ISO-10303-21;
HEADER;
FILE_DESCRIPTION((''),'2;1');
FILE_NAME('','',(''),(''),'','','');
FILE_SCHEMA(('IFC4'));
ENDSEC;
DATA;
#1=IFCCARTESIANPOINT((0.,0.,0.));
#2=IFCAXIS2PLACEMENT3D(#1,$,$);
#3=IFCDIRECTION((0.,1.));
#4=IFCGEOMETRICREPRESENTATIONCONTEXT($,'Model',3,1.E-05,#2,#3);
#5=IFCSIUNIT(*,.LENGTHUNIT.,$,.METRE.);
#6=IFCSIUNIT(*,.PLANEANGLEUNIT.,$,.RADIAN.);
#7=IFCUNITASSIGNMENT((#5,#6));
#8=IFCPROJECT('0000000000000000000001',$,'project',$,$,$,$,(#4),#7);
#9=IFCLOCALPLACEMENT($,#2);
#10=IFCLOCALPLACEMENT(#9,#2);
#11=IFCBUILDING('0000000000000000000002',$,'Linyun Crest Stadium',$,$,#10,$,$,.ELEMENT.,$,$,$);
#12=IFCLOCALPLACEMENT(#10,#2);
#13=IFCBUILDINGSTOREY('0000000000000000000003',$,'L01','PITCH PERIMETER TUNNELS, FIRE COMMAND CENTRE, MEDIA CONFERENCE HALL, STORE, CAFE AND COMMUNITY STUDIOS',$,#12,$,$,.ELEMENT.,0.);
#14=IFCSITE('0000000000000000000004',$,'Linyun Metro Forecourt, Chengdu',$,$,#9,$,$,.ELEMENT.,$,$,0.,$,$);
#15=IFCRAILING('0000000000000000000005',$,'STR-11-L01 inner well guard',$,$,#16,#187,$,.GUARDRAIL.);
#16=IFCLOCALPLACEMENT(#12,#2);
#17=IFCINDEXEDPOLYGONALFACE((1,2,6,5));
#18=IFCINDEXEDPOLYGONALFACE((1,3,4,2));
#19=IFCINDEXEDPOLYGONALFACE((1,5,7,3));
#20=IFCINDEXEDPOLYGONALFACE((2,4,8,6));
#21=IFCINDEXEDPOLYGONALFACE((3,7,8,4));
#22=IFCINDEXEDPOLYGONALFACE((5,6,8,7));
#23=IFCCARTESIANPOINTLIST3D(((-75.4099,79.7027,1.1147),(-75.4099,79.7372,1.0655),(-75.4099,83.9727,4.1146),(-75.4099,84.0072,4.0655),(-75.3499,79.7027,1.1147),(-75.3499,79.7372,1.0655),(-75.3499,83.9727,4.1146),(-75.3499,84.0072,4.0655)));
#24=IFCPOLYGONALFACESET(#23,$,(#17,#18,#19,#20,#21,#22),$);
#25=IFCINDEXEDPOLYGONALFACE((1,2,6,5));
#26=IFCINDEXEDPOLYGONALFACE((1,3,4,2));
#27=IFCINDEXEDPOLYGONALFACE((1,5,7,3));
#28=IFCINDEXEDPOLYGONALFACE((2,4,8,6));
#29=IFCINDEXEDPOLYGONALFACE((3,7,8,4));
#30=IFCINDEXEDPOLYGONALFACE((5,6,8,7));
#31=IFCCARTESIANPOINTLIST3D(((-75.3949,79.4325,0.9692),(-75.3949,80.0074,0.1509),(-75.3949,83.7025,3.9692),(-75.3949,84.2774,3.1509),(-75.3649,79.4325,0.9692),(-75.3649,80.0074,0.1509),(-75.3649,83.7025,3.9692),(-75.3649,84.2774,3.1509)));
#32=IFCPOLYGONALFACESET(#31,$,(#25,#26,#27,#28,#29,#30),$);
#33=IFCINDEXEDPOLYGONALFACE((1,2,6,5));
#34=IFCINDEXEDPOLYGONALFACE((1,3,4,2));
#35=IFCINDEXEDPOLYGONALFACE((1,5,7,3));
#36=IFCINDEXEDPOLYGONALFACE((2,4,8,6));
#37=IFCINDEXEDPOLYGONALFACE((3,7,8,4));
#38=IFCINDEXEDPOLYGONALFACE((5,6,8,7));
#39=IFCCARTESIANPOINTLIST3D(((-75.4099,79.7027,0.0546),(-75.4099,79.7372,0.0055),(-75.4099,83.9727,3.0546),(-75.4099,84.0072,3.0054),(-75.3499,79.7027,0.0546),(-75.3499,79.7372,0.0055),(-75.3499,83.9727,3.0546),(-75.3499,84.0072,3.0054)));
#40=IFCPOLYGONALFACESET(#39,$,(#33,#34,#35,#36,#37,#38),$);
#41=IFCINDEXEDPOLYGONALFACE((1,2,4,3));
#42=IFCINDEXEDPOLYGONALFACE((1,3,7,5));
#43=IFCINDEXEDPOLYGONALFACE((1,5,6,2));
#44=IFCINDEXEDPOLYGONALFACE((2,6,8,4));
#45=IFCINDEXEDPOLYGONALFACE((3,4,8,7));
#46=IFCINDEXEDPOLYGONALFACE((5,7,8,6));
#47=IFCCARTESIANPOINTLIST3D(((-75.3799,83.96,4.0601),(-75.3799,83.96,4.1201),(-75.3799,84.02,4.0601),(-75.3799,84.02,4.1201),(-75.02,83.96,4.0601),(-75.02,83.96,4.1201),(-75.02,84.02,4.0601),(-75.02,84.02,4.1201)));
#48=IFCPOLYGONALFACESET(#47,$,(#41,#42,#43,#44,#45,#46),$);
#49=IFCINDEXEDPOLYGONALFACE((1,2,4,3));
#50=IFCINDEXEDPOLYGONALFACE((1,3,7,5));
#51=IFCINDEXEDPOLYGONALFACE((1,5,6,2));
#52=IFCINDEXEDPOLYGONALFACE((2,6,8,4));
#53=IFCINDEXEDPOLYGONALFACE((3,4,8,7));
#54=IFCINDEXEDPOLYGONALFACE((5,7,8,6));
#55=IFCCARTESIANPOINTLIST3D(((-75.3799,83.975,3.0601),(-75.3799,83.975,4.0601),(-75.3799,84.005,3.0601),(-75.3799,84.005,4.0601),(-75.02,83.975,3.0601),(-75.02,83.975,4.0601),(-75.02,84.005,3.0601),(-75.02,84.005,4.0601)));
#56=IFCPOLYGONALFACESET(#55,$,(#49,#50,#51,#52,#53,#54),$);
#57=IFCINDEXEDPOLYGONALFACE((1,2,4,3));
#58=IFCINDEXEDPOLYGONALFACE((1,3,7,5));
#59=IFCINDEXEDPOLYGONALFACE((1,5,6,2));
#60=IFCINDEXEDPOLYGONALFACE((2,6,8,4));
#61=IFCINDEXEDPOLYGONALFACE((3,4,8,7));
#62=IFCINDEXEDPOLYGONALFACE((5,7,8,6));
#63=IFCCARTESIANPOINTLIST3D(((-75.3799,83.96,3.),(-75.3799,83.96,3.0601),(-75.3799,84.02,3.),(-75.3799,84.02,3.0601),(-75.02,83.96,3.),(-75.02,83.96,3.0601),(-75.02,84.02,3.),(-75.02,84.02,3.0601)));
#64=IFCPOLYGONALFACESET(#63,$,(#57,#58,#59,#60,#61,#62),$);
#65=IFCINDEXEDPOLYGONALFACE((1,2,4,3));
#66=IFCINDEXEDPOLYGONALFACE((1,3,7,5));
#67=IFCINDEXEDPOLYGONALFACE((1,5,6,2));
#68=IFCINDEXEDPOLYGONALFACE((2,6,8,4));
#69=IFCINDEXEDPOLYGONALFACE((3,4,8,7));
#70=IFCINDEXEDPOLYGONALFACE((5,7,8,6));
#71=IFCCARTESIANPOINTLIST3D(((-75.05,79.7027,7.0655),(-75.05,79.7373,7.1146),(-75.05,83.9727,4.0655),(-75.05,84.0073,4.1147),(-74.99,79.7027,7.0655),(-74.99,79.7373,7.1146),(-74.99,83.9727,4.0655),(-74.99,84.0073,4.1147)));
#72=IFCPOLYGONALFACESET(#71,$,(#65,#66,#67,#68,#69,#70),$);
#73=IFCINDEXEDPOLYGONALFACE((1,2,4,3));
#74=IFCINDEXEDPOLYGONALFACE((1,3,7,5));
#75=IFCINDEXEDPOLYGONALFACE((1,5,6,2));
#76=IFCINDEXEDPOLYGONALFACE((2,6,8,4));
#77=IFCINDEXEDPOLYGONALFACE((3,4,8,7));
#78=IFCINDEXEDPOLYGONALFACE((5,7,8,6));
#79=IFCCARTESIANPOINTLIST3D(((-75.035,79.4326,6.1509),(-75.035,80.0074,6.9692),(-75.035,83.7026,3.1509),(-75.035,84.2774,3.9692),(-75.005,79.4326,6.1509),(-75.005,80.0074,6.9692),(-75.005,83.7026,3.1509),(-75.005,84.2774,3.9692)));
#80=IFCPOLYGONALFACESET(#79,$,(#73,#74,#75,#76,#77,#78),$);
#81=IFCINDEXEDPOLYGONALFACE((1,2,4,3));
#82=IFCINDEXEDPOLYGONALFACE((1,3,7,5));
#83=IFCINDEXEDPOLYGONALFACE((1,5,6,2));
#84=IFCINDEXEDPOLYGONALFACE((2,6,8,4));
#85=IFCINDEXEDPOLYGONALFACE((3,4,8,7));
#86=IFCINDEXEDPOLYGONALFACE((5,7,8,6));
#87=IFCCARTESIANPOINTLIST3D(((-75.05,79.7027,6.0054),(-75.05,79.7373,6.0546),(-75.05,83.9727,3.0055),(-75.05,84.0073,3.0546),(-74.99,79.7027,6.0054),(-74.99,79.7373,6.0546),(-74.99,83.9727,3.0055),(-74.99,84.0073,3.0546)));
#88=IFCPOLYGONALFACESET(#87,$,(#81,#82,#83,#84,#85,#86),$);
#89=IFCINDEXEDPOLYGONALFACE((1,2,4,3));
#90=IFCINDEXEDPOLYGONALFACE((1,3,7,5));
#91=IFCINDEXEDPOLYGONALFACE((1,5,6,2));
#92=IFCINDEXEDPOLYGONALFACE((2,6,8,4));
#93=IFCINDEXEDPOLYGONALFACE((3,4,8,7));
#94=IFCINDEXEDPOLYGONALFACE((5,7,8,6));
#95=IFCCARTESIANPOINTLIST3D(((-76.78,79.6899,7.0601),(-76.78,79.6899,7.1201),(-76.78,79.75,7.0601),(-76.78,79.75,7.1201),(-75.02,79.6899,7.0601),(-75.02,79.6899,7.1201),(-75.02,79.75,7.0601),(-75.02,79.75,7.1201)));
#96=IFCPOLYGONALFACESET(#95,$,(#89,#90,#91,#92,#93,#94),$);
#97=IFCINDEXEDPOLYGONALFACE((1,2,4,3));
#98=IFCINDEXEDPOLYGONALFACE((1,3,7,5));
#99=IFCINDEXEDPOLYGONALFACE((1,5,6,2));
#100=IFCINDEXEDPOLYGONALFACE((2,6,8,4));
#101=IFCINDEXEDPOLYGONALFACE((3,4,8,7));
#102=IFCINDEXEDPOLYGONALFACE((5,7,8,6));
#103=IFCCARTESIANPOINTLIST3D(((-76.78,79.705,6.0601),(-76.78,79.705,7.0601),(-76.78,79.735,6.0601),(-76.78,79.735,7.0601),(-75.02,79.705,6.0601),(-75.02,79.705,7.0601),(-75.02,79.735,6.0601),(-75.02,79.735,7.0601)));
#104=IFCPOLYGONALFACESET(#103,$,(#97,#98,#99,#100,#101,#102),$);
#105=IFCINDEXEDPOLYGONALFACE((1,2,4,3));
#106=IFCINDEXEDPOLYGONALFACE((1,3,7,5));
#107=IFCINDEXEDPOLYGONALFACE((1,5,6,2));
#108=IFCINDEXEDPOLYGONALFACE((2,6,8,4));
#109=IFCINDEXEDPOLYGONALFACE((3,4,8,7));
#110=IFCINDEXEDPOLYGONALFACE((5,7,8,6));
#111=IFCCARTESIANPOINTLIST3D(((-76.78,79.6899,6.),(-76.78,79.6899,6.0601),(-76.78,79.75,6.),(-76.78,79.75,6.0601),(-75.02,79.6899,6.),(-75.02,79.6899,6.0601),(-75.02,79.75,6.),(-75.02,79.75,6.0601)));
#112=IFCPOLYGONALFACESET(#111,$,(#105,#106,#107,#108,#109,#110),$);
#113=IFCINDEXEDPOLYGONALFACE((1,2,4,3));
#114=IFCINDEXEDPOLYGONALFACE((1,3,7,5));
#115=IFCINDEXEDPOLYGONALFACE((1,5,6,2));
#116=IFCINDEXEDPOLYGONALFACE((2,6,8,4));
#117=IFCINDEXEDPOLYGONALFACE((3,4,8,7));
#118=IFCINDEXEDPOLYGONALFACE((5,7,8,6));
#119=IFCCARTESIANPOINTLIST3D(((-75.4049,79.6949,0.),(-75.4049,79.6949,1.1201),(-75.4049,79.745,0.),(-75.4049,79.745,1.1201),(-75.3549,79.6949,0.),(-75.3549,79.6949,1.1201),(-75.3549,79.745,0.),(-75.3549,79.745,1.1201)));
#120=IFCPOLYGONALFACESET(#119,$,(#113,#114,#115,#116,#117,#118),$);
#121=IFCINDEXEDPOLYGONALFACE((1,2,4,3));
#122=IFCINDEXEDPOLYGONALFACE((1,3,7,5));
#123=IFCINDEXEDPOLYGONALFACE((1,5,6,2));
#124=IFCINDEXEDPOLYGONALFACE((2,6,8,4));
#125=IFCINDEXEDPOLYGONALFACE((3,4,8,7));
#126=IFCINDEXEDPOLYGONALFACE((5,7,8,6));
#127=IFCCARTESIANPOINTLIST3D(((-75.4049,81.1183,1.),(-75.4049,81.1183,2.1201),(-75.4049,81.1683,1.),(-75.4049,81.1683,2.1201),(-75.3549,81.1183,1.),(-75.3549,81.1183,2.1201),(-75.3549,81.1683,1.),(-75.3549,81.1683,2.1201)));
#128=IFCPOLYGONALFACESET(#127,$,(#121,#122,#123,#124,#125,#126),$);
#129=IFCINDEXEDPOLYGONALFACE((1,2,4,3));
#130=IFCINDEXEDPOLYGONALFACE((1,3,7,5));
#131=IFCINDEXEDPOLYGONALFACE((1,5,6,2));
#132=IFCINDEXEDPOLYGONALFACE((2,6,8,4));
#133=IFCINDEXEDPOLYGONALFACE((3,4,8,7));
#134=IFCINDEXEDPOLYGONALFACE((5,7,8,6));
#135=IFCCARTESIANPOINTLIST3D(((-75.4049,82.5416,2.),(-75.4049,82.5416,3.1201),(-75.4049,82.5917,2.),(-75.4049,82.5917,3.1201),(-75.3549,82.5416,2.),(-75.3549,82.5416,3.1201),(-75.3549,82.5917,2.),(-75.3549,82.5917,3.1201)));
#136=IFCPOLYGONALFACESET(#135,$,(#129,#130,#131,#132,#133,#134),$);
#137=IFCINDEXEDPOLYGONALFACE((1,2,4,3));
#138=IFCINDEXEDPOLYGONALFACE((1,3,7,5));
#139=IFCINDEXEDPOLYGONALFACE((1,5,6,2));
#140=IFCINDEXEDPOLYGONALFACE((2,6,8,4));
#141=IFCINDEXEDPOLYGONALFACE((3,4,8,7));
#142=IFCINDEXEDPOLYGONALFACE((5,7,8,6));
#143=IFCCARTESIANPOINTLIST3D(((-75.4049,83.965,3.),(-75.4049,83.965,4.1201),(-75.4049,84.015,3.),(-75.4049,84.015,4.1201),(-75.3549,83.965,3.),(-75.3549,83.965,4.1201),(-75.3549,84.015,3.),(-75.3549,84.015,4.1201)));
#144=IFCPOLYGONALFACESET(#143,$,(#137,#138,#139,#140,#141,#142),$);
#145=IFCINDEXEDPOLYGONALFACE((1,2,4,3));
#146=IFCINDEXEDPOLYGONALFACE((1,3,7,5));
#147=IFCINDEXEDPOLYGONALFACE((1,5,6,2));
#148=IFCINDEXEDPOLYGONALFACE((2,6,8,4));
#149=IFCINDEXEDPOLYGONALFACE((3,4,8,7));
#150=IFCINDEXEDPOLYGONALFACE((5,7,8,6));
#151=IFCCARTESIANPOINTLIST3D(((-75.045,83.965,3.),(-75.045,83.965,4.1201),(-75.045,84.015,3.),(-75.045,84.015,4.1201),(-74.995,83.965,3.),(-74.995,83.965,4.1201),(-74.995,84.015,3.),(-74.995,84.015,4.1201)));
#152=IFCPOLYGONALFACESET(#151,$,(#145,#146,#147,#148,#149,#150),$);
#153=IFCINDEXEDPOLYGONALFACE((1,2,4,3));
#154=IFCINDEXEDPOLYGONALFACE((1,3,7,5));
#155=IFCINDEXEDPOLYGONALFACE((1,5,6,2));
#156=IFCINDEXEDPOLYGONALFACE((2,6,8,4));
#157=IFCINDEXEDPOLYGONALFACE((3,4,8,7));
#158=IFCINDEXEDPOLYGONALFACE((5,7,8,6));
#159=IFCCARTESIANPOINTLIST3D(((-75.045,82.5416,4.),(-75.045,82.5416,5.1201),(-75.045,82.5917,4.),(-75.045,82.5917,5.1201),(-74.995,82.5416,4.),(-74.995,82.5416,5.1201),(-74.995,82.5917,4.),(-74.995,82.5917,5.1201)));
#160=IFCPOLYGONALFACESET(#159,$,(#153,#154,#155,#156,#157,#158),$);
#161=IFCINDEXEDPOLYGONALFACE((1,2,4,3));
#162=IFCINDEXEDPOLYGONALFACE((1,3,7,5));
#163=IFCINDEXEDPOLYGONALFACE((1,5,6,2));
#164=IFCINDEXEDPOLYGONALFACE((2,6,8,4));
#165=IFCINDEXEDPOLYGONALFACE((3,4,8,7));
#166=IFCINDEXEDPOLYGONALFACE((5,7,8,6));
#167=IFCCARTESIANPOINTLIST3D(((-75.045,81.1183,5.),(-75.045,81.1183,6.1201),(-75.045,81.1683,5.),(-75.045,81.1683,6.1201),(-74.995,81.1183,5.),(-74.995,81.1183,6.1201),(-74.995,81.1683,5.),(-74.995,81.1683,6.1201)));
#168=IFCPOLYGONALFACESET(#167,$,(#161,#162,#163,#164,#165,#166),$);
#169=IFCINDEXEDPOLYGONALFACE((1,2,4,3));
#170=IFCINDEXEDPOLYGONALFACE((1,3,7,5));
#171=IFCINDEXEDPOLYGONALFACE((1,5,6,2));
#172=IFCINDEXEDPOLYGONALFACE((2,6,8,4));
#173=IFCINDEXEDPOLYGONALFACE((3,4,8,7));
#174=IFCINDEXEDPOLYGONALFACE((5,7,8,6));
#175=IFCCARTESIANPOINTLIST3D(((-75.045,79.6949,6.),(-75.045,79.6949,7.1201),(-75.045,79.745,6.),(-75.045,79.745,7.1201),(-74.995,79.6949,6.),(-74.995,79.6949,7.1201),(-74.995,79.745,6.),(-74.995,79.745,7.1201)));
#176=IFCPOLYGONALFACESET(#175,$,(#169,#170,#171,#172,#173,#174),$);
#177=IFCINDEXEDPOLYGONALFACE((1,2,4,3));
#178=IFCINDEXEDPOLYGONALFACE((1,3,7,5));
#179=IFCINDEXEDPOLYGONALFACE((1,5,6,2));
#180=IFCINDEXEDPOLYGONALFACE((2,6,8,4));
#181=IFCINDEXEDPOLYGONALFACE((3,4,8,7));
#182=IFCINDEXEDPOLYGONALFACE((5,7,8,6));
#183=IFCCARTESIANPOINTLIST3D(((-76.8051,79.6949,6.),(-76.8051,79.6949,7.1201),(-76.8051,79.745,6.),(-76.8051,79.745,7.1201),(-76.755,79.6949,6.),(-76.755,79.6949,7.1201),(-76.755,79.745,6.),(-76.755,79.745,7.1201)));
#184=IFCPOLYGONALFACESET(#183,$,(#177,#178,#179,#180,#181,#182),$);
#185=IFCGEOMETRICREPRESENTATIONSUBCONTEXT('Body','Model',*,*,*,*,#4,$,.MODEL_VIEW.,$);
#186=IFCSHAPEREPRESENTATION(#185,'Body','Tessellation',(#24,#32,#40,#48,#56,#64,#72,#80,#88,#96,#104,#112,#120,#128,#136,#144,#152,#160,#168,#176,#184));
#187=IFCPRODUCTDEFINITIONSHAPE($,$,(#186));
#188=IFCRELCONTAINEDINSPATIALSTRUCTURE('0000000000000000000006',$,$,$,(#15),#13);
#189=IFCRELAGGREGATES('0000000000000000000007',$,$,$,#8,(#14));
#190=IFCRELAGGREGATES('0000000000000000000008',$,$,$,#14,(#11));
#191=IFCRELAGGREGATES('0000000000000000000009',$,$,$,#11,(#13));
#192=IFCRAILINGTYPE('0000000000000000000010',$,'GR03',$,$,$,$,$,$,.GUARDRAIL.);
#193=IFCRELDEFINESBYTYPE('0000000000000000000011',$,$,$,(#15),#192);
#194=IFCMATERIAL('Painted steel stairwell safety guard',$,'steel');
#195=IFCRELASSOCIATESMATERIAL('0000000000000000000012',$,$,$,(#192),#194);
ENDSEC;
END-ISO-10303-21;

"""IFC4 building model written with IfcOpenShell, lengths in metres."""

from ifc_helpers import new_model, si_unit, direction, frame, origin, origin_2d, place, context, subcontext, project, spatial, rectangle, extrude, material, type_object, element, save


model = new_model("IFC4")

# Units and contexts
model_context = context("Model", 3, precision=1e-05, world=origin(), true_north=direction((0.0, 1.0)))
body_context = subcontext(model_context, "Body", "Model", "MODEL_VIEW")
ifc_project = project(units=[si_unit("LENGTHUNIT", "METRE"), si_unit("PLANEANGLEUNIT", "RADIAN")], contexts=[model_context])

# Site, building, storey
site_placement = place(None, origin())
site = spatial("IfcSite", under=ifc_project, at=site_placement, Name="Linyun Metro Forecourt, Chengdu", CompositionType="ELEMENT", RefElevation=0.0)
building_placement = place(site_placement, origin())
building = spatial("IfcBuilding", under=site, at=building_placement, Name="Linyun Crest Stadium", CompositionType="ELEMENT")
storey_placement = place(building_placement, origin())
storey = spatial("IfcBuildingStorey", under=building, at=storey_placement, Name="L01", Description="PITCH PERIMETER TUNNELS, FIRE COMMAND CENTRE, MEDIA CONFERENCE HALL, STORE, CAFE AND COMMUNITY STUDIOS", CompositionType="ELEMENT", Elevation=0.0)

# Railing
ifc_material_1 = material(Name="Painted steel stairwell safety guard", Category="steel")
railing_type_1 = type_object("IfcRailingType", Name="GR03", PredefinedType="GUARDRAIL", material=ifc_material_1)
railing_1_placement = place(storey_placement, frame((-75.3799, 79.72, 0.0)))
element("IfcRailing", 1, at=railing_1_placement, inside=storey, type_object=railing_type_1, Name="STR-11-L01 inner well guard", PredefinedType="GUARDRAIL", context=body_context, shape_type="SweptSolid", body=[
    extrude(rectangle(XDim=0.0601, YDim=0.0601, at=origin_2d()), frame((0.0, 0.0, 1.0901), z_axis=(0.0, 0.818242, 0.574874), x_axis=(-1.0, 0.0, 0.0)), (0.0, 0.0, 1.0), 5.2185),
    extrude(rectangle(XDim=0.03, YDim=1.0, at=origin_2d()), frame((0.0, 0.0, 0.5601), z_axis=(0.0, 0.818242, 0.574874), x_axis=(-1.0, 0.0, 0.0)), (0.0, 0.0, 1.0), 5.2185),
    extrude(rectangle(XDim=0.0601, YDim=0.0601, at=origin_2d()), frame((0.0, 0.0, 0.03), z_axis=(0.0, 0.818242, 0.574874), x_axis=(-1.0, 0.0, 0.0)), (0.0, 0.0, 1.0), 5.2185),
    extrude(rectangle(XDim=0.0601, YDim=0.0601, at=origin_2d()), frame((0.0, 4.27, 4.0901), z_axis=(1.0, 0.0, 0.0), x_axis=(0.0, 1.0, 0.0)), (0.0, 0.0, 1.0), 0.3599),
    extrude(rectangle(XDim=0.03, YDim=1.0, at=origin_2d()), frame((0.0, 4.27, 3.5601), z_axis=(1.0, 0.0, 0.0), x_axis=(0.0, 1.0, 0.0)), (0.0, 0.0, 1.0), 0.3599),
    extrude(rectangle(XDim=0.0601, YDim=0.0601, at=origin_2d()), frame((0.0, 4.27, 3.03), z_axis=(1.0, 0.0, 0.0), x_axis=(0.0, 1.0, 0.0)), (0.0, 0.0, 1.0), 0.3599),
    extrude(rectangle(XDim=0.0601, YDim=0.0601, at=origin_2d()), frame((0.3599, 4.27, 4.0901), z_axis=(0.0, -0.818242, 0.574874), x_axis=(1.0, 0.0, 0.0)), (0.0, 0.0, 1.0), 5.2185),
    extrude(rectangle(XDim=0.03, YDim=1.0, at=origin_2d()), frame((0.3599, 4.27, 3.5601), z_axis=(0.0, -0.818242, 0.574874), x_axis=(1.0, 0.0, 0.0)), (0.0, 0.0, 1.0), 5.2185),
    extrude(rectangle(XDim=0.0601, YDim=0.0601, at=origin_2d()), frame((0.3599, 4.27, 3.03), z_axis=(0.0, -0.818242, 0.574874), x_axis=(1.0, 0.0, 0.0)), (0.0, 0.0, 1.0), 5.2185),
    extrude(rectangle(XDim=0.0601, YDim=0.0601, at=origin_2d()), frame((0.3599, 0.0, 7.0901), z_axis=(-1.0, 0.0, 0.0), x_axis=(0.0, -1.0, 0.0)), (0.0, 0.0, 1.0), 1.76),
    extrude(rectangle(XDim=0.03, YDim=1.0, at=origin_2d()), frame((0.3599, 0.0, 6.5601), z_axis=(-1.0, 0.0, 0.0), x_axis=(0.0, -1.0, 0.0)), (0.0, 0.0, 1.0), 1.76),
    extrude(rectangle(XDim=0.0601, YDim=0.0601, at=origin_2d()), frame((0.3599, 0.0, 6.03), z_axis=(-1.0, 0.0, 0.0), x_axis=(0.0, -1.0, 0.0)), (0.0, 0.0, 1.0), 1.76),
    extrude(rectangle(XDim=0.05, YDim=0.05, at=origin_2d()), origin(), (0.0, 0.0, 1.0), 1.1201),
    extrude(rectangle(XDim=0.05, YDim=0.05, at=origin_2d()), frame((0.0, 1.4233, 1.0)), (0.0, 0.0, 1.0), 1.1201),
    extrude(rectangle(XDim=0.05, YDim=0.05, at=origin_2d()), frame((0.0, 2.8467, 2.0)), (0.0, 0.0, 1.0), 1.1201),
    extrude(rectangle(XDim=0.05, YDim=0.05, at=origin_2d()), frame((0.0, 4.27, 3.0)), (0.0, 0.0, 1.0), 1.1201),
    extrude(rectangle(XDim=0.05, YDim=0.05, at=origin_2d()), frame((0.3599, 4.27, 3.0)), (0.0, 0.0, 1.0), 1.1201),
    extrude(rectangle(XDim=0.05, YDim=0.05, at=origin_2d()), frame((0.3599, 2.8467, 4.0)), (0.0, 0.0, 1.0), 1.1201),
    extrude(rectangle(XDim=0.05, YDim=0.05, at=origin_2d()), frame((0.3599, 1.4233, 5.0)), (0.0, 0.0, 1.0), 1.1201),
    extrude(rectangle(XDim=0.05, YDim=0.05, at=origin_2d()), frame((0.3599, 0.0, 6.0)), (0.0, 0.0, 1.0), 1.1201),
    extrude(rectangle(XDim=0.05, YDim=0.05, at=origin_2d()), frame((-1.4001, 0.0, 6.0)), (0.0, 0.0, 1.0), 1.1201),
])

save(model, "model.ifc")
